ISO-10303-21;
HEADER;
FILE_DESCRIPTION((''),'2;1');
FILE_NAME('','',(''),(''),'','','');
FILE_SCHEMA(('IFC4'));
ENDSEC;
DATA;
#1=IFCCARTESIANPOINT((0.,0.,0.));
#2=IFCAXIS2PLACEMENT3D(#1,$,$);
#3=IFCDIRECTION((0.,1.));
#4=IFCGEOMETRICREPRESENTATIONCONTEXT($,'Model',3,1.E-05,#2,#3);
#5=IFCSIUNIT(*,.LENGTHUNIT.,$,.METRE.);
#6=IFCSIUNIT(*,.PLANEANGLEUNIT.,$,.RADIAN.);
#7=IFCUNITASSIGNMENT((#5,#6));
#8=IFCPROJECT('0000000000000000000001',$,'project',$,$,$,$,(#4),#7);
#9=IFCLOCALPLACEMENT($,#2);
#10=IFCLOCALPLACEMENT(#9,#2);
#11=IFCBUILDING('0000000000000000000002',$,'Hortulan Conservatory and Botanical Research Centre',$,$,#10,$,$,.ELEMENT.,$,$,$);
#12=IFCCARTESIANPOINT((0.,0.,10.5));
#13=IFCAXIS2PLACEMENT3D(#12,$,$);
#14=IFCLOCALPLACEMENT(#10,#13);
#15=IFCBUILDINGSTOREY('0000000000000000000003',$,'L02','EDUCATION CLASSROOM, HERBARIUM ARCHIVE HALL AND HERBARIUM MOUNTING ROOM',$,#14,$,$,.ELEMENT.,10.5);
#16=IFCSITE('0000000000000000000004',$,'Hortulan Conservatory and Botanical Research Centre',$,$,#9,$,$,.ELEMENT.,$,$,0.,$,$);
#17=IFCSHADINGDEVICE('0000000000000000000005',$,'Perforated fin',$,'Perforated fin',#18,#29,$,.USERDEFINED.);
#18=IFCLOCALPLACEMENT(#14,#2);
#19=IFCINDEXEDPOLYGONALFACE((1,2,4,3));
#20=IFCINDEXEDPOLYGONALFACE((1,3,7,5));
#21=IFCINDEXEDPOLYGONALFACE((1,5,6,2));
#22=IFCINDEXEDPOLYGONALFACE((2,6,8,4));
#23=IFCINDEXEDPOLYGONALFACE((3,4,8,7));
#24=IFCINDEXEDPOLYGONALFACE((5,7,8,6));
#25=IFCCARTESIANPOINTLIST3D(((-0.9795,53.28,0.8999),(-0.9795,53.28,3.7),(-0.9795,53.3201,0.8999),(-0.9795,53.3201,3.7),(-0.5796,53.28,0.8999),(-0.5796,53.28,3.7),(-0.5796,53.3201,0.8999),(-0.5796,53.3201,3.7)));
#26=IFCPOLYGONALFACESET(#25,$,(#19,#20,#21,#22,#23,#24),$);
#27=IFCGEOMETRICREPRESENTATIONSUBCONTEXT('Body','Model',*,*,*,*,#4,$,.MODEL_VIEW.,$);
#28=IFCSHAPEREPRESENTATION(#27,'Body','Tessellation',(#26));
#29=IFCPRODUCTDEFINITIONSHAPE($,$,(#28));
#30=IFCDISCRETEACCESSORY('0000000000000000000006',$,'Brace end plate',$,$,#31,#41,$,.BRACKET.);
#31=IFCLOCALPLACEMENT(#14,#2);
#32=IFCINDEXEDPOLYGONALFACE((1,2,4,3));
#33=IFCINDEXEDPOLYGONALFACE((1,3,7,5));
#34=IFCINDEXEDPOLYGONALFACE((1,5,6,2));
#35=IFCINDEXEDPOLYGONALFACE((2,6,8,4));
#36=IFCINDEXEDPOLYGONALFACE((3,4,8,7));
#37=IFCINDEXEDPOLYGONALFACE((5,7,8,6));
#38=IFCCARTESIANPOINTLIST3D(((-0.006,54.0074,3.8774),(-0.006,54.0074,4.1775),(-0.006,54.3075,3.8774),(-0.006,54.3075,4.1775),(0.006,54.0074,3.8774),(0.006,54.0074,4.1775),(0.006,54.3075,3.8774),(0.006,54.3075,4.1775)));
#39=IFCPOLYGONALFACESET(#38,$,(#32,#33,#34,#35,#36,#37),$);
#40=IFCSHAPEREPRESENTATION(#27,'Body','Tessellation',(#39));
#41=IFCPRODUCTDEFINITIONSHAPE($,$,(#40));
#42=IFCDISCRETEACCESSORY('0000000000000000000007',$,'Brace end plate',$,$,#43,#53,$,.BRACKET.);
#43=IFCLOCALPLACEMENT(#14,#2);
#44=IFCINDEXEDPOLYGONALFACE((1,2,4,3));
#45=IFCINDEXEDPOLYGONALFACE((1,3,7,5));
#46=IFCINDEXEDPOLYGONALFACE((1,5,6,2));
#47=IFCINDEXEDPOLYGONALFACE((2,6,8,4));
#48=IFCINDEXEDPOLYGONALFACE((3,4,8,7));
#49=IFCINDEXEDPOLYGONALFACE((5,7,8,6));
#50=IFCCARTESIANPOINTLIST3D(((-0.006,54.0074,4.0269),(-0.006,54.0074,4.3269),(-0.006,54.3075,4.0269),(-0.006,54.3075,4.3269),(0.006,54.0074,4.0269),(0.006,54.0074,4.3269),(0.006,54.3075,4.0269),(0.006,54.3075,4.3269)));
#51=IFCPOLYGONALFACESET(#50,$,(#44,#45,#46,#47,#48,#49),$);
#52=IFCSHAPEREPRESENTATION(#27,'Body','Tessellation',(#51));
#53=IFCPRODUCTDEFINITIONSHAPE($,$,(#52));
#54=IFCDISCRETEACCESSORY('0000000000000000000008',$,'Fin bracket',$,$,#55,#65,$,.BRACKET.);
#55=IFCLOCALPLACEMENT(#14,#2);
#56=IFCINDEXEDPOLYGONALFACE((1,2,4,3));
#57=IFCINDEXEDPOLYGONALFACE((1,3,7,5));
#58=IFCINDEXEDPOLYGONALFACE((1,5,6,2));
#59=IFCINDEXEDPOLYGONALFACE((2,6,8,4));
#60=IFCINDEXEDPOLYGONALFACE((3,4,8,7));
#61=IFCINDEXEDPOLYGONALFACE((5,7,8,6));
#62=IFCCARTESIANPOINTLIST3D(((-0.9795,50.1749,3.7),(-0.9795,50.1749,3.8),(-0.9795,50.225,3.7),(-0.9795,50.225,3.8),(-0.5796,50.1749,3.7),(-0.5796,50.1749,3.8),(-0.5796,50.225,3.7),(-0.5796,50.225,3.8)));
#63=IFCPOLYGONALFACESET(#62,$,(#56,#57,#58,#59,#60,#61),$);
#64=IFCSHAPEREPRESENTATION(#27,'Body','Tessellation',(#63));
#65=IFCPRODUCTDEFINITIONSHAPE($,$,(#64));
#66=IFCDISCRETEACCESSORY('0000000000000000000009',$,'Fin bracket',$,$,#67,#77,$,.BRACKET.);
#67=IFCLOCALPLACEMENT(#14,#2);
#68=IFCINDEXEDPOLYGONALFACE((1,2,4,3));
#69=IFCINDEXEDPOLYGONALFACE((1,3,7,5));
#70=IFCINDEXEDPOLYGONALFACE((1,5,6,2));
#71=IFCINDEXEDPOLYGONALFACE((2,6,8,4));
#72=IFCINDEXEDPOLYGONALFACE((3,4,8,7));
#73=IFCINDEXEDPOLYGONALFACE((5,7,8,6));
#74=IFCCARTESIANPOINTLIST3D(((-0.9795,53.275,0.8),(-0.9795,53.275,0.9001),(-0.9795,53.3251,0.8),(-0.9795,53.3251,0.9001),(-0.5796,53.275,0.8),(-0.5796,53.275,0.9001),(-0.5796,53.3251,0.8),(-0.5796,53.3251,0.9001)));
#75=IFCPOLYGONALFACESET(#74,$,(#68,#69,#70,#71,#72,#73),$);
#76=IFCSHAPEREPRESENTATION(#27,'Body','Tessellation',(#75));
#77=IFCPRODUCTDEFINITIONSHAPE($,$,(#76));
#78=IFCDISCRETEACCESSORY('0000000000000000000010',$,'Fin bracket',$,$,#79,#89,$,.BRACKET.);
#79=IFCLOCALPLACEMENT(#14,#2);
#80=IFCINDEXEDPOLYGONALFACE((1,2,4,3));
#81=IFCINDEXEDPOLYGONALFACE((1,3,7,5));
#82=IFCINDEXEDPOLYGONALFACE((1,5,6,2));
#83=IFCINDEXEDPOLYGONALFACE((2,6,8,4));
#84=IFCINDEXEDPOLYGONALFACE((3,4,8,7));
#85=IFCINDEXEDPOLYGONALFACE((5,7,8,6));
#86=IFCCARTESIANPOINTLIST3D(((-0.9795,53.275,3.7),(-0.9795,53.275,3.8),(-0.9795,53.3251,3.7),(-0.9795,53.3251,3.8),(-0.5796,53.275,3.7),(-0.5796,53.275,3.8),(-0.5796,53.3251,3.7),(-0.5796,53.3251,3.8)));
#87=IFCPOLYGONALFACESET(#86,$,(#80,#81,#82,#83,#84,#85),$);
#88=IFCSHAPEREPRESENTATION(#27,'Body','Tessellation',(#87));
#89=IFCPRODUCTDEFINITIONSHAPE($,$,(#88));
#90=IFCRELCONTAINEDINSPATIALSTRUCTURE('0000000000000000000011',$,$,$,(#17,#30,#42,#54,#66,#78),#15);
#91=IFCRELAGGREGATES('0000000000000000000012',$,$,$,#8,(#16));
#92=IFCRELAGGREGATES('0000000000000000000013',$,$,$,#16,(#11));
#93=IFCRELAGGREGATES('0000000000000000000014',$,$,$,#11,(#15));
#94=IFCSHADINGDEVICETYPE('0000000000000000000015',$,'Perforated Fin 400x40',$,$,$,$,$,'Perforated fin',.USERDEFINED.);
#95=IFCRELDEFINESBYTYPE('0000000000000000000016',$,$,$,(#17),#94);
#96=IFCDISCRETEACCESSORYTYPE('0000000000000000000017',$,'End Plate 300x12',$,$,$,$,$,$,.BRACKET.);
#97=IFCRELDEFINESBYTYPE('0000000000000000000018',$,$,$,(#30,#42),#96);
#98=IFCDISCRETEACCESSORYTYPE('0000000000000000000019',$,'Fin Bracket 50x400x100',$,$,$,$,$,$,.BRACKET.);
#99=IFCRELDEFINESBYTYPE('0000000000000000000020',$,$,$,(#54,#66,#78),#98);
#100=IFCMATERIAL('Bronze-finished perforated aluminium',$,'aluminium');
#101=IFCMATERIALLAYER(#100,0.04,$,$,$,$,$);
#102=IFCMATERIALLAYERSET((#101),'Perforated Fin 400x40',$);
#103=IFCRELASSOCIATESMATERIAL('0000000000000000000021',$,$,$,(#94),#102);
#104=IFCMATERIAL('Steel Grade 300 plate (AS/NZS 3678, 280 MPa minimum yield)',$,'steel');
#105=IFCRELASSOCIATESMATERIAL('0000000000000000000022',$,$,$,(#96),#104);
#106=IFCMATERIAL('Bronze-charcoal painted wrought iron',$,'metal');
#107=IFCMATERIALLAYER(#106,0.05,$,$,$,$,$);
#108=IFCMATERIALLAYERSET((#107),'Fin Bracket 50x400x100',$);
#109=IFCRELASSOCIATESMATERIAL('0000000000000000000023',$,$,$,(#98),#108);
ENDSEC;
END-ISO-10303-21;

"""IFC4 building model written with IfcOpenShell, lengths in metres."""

from ifc_helpers import new_model, si_unit, direction, frame, origin, origin_2d, place, context, subcontext, project, spatial, rectangle, extrude, material, layer, layer_set, type_object, element, save


model = new_model("IFC4")

# Units and contexts
model_context = context("Model", 3, precision=1e-05, world=origin(), true_north=direction((0.0, 1.0)))
body_context = subcontext(model_context, "Body", "Model", "MODEL_VIEW")
ifc_project = project(units=[si_unit("LENGTHUNIT", "METRE"), si_unit("PLANEANGLEUNIT", "RADIAN")], contexts=[model_context])

# Site, building, storey
site_placement = place(None, origin())
site = spatial("IfcSite", under=ifc_project, at=site_placement, Name="Hortulan Conservatory and Botanical Research Centre", CompositionType="ELEMENT", RefElevation=0.0)
building_placement = place(site_placement, origin())
building = spatial("IfcBuilding", under=site, at=building_placement, Name="Hortulan Conservatory and Botanical Research Centre", CompositionType="ELEMENT")
storey_placement = place(building_placement, frame((0.0, 0.0, 10.5)))
storey = spatial("IfcBuildingStorey", under=building, at=storey_placement, Name="L02", Description="EDUCATION CLASSROOM, HERBARIUM ARCHIVE HALL AND HERBARIUM MOUNTING ROOM", CompositionType="ELEMENT", Elevation=10.5)

# Shading device
ifc_material_1 = material(Name="Bronze-finished perforated aluminium", Category="aluminium")
ifc_layer_1 = layer(ifc_material_1, 0.04)
ifc_layer_set_1 = layer_set([ifc_layer_1], Name="Perforated Fin 400x40")
shading_device_type = type_object("IfcShadingDeviceType", Name="Perforated Fin 400x40", ElementType="Perforated fin", PredefinedType="USERDEFINED", material=ifc_layer_set_1)
shading_device_placement = place(storey_placement, frame((-0.7795, 53.3, 0.8999), z_axis=(0.0, 0.0, 1.0), x_axis=(0.0, 1.0, 0.0)))
element("IfcShadingDevice", 1, at=shading_device_placement, inside=storey, type_object=shading_device_type, Name="Perforated fin", ObjectType="Perforated fin", PredefinedType="USERDEFINED", context=body_context, shape_type="SweptSolid", body=[
    extrude(rectangle(XDim=0.04, YDim=0.3999, at=origin_2d()), origin(), (0.0, 0.0, 1.0), 2.8),
])

# Discrete accessories
ifc_material_2 = material(Name="Steel Grade 300 plate (AS/NZS 3678, 280 MPa minimum yield)", Category="steel")
discrete_accessory_type_1 = type_object("IfcDiscreteAccessoryType", Name="End Plate 300x12", PredefinedType="BRACKET", material=ifc_material_2)
for number, where, z_axis, x_axis, name in (
    (2, (0.0, 54.1575, 3.8774), (0.0, 0.0, 1.0), (0.0, -1.0, 0.0), "Brace end plate"),
    (3, (0.0, 54.1575, 4.0269), (0.0, 0.0, 1.0), (0.0, -1.0, 0.0), "Brace end plate"),
):
    element("IfcDiscreteAccessory", number, at=place(storey_placement, frame(where, z_axis=z_axis, x_axis=x_axis)), inside=storey, type_object=discrete_accessory_type_1, Name=name, PredefinedType="BRACKET", context=body_context, shape_type="SweptSolid", body=[
        extrude(rectangle(XDim=0.3, YDim=0.012, at=origin_2d()), origin(), (0.0, 0.0, 1.0), 0.3),
    ])
ifc_material_3 = material(Name="Bronze-charcoal painted wrought iron", Category="metal")
ifc_layer_2 = layer(ifc_material_3, 0.05)
ifc_layer_set_2 = layer_set([ifc_layer_2], Name="Fin Bracket 50x400x100")
discrete_accessory_type_2 = type_object("IfcDiscreteAccessoryType", Name="Fin Bracket 50x400x100", PredefinedType="BRACKET", material=ifc_layer_set_2)
for number, where, z_axis, x_axis, name in (
    (4, (-0.7795, 50.2, 3.7), (0.0, 0.0, 1.0), (0.0, 1.0, 0.0), "Fin bracket"),
    (5, (-0.7795, 53.3, 0.8), (0.0, 0.0, 1.0), (0.0, 1.0, 0.0), "Fin bracket"),
    (6, (-0.7795, 53.3, 3.7), (0.0, 0.0, 1.0), (0.0, 1.0, 0.0), "Fin bracket"),
):
    element("IfcDiscreteAccessory", number, at=place(storey_placement, frame(where, z_axis=z_axis, x_axis=x_axis)), inside=storey, type_object=discrete_accessory_type_2, Name=name, PredefinedType="BRACKET", context=body_context, shape_type="SweptSolid", body=[
        extrude(rectangle(XDim=0.05, YDim=0.3999, at=origin_2d()), origin(), (0.0, 0.0, 1.0), 0.1001),
    ])

save(model, "model.ifc")
